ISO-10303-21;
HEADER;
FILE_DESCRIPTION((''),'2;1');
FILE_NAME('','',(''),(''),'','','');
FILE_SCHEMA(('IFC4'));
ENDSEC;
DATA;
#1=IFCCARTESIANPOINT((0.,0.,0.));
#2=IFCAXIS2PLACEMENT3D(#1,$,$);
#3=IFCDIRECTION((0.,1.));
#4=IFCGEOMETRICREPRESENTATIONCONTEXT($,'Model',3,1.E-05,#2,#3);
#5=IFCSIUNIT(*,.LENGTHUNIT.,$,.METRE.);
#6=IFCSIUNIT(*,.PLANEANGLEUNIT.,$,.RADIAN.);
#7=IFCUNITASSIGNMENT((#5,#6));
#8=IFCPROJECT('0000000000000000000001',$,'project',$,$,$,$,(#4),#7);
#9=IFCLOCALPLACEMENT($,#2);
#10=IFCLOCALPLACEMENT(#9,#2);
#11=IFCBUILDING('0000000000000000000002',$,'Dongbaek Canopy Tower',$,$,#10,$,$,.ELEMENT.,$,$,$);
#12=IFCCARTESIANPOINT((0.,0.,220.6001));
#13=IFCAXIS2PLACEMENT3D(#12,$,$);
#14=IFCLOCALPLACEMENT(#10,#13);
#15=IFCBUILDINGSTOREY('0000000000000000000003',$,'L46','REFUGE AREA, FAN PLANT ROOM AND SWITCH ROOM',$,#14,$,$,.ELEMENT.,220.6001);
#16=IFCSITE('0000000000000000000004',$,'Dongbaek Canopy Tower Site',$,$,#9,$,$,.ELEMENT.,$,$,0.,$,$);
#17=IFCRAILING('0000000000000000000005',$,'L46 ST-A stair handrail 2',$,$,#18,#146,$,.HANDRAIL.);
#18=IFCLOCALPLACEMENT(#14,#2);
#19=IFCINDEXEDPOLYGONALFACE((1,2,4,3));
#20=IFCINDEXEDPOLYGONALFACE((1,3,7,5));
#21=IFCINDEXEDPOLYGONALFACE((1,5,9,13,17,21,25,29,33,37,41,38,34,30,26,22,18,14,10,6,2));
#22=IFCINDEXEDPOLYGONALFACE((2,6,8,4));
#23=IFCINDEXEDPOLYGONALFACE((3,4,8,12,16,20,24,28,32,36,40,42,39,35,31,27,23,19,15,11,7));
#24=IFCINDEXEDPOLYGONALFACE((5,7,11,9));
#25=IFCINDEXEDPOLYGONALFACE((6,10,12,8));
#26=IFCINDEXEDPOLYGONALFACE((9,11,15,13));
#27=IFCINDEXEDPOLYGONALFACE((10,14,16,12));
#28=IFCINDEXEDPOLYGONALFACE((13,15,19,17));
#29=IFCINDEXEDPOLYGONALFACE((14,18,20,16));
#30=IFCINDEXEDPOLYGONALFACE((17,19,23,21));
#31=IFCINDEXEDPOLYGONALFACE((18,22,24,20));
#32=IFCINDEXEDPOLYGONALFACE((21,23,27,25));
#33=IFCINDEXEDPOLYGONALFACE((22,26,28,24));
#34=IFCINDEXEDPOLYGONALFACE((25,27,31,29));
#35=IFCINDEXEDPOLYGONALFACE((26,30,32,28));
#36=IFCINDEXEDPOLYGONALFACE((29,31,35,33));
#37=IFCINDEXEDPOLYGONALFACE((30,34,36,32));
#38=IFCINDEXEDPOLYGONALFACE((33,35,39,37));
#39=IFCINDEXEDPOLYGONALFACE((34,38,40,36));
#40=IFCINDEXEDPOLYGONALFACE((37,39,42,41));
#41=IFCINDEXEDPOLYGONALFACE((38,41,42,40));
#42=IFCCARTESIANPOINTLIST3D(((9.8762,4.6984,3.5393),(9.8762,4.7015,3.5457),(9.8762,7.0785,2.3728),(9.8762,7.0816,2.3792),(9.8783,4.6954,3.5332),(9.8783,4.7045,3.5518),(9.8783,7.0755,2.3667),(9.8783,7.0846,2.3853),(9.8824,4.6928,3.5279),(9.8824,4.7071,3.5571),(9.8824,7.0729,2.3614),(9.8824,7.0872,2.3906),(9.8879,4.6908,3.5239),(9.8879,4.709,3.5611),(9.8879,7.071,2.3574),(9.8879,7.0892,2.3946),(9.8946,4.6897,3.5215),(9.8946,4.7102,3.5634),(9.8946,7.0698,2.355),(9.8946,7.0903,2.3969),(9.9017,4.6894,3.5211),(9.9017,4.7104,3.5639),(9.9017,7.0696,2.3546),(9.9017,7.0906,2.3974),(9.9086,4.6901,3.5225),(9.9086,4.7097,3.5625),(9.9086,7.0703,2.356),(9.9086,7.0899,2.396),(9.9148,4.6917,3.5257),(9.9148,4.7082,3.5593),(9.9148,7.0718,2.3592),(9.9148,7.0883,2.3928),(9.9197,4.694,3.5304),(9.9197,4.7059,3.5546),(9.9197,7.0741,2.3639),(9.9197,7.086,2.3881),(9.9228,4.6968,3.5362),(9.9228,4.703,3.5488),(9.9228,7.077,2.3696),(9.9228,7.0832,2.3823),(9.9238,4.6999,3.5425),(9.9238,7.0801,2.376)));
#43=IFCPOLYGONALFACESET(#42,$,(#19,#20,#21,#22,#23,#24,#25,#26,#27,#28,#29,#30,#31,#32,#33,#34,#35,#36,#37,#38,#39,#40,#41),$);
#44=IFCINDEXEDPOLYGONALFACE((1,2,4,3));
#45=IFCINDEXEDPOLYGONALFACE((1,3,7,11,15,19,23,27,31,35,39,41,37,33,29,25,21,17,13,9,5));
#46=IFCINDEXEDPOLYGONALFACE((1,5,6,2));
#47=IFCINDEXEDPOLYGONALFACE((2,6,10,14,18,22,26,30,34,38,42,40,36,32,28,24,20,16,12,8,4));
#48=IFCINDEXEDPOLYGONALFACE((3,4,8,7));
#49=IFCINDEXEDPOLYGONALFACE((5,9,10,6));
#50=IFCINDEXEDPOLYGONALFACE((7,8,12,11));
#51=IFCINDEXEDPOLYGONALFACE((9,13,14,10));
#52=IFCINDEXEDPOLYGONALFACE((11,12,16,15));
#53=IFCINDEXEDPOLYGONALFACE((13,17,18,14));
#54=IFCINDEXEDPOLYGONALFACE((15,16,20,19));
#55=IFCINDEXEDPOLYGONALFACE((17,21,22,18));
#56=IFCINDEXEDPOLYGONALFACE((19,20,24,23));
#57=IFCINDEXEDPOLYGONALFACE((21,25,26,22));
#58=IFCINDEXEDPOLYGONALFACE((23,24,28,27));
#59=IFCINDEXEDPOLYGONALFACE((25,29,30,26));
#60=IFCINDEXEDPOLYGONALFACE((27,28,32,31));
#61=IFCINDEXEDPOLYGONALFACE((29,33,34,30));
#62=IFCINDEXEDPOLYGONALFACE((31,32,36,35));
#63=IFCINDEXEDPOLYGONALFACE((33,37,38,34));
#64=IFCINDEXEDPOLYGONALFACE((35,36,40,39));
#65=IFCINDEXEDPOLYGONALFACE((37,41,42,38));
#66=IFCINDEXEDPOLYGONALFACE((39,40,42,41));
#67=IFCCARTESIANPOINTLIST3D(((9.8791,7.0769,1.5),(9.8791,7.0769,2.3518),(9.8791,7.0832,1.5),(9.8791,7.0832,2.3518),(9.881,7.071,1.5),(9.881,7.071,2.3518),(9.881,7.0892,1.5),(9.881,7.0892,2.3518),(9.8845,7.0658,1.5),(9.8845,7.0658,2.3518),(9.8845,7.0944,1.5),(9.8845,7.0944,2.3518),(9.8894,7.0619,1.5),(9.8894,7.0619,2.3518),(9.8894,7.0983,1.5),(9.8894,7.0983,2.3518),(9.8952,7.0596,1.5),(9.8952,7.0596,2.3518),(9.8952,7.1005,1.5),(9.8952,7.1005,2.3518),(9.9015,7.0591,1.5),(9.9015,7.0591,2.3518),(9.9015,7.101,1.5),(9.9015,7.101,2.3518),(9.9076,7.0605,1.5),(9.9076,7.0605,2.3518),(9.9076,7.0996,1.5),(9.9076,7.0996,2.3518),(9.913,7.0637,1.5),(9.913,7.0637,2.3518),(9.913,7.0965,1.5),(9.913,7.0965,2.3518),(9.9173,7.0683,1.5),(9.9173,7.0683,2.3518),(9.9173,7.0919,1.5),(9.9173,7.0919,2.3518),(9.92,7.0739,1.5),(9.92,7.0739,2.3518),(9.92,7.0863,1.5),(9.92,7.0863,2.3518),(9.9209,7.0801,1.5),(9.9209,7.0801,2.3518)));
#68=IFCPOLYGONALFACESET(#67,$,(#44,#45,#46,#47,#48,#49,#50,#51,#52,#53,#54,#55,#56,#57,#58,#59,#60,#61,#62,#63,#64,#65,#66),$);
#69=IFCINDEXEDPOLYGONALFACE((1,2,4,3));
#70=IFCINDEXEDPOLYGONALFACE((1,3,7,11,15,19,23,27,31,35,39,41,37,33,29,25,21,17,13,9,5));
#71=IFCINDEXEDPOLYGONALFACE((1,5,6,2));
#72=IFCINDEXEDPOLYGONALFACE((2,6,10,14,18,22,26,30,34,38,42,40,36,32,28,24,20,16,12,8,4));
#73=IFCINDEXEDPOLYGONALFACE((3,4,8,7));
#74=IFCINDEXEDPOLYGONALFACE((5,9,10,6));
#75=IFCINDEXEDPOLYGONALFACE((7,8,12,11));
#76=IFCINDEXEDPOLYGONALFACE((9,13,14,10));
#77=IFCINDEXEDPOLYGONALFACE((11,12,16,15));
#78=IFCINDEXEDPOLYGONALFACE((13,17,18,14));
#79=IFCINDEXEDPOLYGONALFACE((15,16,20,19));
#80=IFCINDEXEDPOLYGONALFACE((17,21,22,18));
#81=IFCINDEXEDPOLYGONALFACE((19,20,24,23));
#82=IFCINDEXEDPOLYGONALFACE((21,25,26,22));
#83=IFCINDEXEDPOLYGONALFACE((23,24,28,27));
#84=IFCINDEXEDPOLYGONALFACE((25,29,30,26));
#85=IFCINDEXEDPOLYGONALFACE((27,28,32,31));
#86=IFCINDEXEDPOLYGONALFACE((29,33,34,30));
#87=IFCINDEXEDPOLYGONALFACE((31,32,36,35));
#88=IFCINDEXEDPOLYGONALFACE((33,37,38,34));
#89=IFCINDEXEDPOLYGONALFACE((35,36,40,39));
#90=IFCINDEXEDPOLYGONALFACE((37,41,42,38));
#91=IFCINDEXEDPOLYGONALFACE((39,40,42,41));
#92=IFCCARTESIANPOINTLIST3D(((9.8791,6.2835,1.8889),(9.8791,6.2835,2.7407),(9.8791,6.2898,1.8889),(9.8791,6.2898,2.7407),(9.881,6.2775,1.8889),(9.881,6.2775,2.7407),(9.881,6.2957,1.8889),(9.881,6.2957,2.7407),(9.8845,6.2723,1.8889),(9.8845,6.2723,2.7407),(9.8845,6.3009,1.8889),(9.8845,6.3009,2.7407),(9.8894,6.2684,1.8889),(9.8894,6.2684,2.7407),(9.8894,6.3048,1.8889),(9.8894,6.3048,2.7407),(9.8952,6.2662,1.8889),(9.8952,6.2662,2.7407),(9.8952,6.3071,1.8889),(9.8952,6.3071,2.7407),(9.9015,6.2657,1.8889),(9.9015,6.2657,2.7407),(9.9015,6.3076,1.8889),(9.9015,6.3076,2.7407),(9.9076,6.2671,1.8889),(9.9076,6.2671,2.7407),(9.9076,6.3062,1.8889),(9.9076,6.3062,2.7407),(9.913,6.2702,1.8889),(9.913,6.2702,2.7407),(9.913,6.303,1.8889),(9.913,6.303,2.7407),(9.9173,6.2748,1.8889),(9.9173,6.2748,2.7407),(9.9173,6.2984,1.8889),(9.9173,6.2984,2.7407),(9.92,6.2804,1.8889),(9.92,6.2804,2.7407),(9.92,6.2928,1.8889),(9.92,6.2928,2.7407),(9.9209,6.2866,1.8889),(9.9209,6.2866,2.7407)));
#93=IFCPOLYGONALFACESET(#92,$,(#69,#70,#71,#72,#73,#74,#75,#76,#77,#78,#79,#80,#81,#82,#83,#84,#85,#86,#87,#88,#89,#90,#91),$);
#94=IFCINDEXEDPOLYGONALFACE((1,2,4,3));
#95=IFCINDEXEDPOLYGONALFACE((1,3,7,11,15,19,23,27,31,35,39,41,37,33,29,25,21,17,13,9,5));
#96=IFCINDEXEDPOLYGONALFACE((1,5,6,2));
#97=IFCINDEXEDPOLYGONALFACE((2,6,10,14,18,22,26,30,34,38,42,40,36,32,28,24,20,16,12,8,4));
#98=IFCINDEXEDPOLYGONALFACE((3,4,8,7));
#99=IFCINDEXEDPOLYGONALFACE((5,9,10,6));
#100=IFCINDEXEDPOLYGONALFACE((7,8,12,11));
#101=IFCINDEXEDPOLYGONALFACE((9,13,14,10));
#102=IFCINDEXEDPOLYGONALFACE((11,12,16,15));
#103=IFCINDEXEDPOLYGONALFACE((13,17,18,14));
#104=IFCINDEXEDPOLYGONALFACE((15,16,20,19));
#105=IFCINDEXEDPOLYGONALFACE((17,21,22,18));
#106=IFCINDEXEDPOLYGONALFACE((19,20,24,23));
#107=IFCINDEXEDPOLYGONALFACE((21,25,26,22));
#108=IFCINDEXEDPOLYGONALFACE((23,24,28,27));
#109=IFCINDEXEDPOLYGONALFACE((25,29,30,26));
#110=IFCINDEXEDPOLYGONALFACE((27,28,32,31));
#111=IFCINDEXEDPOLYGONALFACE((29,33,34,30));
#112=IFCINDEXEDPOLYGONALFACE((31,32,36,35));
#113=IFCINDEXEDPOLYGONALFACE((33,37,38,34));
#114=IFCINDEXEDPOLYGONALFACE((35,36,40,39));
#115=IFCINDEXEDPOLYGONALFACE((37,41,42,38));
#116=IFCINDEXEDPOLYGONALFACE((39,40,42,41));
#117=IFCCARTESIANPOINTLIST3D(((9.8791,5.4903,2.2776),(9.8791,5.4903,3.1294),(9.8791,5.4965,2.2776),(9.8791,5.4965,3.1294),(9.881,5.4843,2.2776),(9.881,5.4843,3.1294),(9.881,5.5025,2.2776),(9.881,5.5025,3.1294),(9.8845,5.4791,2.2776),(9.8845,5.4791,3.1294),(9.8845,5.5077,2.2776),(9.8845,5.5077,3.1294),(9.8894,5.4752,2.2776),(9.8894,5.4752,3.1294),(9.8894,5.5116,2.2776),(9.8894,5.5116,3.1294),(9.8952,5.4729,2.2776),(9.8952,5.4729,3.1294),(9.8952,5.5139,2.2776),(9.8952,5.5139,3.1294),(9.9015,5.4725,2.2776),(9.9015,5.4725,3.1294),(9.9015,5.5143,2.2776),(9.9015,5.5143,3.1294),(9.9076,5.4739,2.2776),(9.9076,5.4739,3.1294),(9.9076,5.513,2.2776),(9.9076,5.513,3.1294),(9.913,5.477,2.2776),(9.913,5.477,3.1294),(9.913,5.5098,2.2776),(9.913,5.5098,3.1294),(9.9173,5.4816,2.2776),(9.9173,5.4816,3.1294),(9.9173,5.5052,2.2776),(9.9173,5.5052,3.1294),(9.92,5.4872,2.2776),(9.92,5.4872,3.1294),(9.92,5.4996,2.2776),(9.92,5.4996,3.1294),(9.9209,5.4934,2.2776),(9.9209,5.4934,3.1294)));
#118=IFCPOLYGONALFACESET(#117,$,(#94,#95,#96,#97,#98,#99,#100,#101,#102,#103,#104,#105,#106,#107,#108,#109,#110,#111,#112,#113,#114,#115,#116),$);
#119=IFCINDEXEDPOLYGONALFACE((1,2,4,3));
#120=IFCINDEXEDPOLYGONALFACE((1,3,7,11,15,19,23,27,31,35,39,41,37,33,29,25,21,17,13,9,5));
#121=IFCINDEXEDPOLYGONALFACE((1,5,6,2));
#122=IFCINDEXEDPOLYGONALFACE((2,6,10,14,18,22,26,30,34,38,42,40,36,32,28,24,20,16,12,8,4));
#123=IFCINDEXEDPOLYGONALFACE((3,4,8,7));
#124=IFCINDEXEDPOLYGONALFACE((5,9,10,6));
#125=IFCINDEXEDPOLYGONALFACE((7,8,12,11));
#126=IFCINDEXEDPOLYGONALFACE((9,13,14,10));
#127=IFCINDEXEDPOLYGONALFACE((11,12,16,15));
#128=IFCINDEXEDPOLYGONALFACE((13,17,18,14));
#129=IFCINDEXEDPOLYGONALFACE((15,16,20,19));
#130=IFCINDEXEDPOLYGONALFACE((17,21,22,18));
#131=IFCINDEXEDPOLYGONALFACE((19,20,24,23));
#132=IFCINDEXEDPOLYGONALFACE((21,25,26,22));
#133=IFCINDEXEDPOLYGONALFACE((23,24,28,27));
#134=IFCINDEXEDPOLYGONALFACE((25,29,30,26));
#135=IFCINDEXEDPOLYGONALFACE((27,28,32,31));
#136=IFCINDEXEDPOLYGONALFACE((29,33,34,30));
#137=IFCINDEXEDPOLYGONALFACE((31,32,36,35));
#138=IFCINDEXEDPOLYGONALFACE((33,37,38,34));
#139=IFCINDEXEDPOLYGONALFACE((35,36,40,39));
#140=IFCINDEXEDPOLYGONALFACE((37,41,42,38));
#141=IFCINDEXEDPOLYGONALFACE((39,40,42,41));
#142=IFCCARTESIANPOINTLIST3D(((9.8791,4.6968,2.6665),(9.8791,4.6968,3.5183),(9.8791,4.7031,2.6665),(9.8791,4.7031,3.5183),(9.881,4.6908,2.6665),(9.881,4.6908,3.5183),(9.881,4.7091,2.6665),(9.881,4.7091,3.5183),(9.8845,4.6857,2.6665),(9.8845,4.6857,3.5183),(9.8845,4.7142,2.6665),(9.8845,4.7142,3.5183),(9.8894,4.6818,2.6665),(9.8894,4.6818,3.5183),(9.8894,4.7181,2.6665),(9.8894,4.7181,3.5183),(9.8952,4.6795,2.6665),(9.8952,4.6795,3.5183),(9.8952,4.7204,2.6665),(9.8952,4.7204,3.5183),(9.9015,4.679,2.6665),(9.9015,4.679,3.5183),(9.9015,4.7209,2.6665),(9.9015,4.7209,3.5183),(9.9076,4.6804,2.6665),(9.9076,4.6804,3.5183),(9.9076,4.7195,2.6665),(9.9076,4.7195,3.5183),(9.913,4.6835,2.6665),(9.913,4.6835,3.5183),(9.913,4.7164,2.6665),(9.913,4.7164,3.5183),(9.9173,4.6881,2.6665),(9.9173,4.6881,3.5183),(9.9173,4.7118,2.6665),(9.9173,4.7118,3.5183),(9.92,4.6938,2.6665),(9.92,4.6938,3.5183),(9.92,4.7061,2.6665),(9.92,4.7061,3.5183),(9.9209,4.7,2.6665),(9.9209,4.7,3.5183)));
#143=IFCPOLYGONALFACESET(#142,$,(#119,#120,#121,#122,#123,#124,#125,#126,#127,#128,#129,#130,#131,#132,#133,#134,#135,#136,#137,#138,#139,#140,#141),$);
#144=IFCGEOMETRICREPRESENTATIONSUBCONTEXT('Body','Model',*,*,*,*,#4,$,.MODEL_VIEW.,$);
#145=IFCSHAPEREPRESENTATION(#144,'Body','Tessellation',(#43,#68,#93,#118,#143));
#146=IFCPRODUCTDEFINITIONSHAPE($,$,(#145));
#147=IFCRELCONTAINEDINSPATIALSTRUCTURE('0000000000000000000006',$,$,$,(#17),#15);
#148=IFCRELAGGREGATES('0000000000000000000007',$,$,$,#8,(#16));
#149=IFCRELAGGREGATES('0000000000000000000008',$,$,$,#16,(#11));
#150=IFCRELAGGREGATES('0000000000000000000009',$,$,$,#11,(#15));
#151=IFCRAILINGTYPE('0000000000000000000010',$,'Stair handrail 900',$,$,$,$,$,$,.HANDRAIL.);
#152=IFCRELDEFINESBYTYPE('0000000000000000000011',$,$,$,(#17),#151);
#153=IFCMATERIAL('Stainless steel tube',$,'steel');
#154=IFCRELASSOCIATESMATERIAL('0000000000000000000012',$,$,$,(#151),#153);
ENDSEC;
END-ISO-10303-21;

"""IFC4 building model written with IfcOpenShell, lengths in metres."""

from ifc_helpers import new_model, si_unit, direction, frame, origin, origin_2d, place, context, subcontext, project, spatial, circle, extrude, material, type_object, element, save


model = new_model("IFC4")

# Units and contexts
model_context = context("Model", 3, precision=1e-05, world=origin(), true_north=direction((0.0, 1.0)))
body_context = subcontext(model_context, "Body", "Model", "MODEL_VIEW")
ifc_project = project(units=[si_unit("LENGTHUNIT", "METRE"), si_unit("PLANEANGLEUNIT", "RADIAN")], contexts=[model_context])

# Site, building, storey
site_placement = place(None, origin())
site = spatial("IfcSite", under=ifc_project, at=site_placement, Name="Dongbaek Canopy Tower Site", CompositionType="ELEMENT", RefElevation=0.0)
building_placement = place(site_placement, origin())
building = spatial("IfcBuilding", under=site, at=building_placement, Name="Dongbaek Canopy Tower", CompositionType="ELEMENT")
storey_placement = place(building_placement, frame((0.0, 0.0, 220.6001)))
storey = spatial("IfcBuildingStorey", under=building, at=storey_placement, Name="L46", Description="REFUGE AREA, FAN PLANT ROOM AND SWITCH ROOM", CompositionType="ELEMENT", Elevation=220.6001)

# Railing
ifc_material_1 = material(Name="Stainless steel tube", Category="steel")
railing_type = type_object("IfcRailingType", Name="Stair handrail 900", PredefinedType="HANDRAIL", material=ifc_material_1)
railing_placement = place(storey_placement, frame((9.8999, 7.0801, 1.5)))
element("IfcRailing", 1, at=railing_placement, inside=storey, type_object=railing_type, Name="L46 ST-A stair handrail 2", PredefinedType="HANDRAIL", context=body_context, shape_type="SweptSolid", body=[
    extrude(circle(Radius=0.0239, at=origin_2d()), frame((0.0, 0.0, 0.876), z_axis=(0.0, -0.897954, 0.440089), x_axis=(1.0, 0.0, 0.0)), (0.0, 0.0, 1.0), 2.6506),
    extrude(circle(Radius=0.021, at=origin_2d()), origin(), (0.0, 0.0, 1.0), 0.8518),
    extrude(circle(Radius=0.021, at=origin_2d()), frame((0.0, -0.7935, 0.3889)), (0.0, 0.0, 1.0), 0.8518),
    extrude(circle(Radius=0.021, at=origin_2d()), frame((0.0, -1.5867, 0.7776)), (0.0, 0.0, 1.0), 0.8518),
    extrude(circle(Radius=0.021, at=origin_2d()), frame((0.0, -2.3801, 1.1665)), (0.0, 0.0, 1.0), 0.8518),
])

save(model, "model.ifc")
